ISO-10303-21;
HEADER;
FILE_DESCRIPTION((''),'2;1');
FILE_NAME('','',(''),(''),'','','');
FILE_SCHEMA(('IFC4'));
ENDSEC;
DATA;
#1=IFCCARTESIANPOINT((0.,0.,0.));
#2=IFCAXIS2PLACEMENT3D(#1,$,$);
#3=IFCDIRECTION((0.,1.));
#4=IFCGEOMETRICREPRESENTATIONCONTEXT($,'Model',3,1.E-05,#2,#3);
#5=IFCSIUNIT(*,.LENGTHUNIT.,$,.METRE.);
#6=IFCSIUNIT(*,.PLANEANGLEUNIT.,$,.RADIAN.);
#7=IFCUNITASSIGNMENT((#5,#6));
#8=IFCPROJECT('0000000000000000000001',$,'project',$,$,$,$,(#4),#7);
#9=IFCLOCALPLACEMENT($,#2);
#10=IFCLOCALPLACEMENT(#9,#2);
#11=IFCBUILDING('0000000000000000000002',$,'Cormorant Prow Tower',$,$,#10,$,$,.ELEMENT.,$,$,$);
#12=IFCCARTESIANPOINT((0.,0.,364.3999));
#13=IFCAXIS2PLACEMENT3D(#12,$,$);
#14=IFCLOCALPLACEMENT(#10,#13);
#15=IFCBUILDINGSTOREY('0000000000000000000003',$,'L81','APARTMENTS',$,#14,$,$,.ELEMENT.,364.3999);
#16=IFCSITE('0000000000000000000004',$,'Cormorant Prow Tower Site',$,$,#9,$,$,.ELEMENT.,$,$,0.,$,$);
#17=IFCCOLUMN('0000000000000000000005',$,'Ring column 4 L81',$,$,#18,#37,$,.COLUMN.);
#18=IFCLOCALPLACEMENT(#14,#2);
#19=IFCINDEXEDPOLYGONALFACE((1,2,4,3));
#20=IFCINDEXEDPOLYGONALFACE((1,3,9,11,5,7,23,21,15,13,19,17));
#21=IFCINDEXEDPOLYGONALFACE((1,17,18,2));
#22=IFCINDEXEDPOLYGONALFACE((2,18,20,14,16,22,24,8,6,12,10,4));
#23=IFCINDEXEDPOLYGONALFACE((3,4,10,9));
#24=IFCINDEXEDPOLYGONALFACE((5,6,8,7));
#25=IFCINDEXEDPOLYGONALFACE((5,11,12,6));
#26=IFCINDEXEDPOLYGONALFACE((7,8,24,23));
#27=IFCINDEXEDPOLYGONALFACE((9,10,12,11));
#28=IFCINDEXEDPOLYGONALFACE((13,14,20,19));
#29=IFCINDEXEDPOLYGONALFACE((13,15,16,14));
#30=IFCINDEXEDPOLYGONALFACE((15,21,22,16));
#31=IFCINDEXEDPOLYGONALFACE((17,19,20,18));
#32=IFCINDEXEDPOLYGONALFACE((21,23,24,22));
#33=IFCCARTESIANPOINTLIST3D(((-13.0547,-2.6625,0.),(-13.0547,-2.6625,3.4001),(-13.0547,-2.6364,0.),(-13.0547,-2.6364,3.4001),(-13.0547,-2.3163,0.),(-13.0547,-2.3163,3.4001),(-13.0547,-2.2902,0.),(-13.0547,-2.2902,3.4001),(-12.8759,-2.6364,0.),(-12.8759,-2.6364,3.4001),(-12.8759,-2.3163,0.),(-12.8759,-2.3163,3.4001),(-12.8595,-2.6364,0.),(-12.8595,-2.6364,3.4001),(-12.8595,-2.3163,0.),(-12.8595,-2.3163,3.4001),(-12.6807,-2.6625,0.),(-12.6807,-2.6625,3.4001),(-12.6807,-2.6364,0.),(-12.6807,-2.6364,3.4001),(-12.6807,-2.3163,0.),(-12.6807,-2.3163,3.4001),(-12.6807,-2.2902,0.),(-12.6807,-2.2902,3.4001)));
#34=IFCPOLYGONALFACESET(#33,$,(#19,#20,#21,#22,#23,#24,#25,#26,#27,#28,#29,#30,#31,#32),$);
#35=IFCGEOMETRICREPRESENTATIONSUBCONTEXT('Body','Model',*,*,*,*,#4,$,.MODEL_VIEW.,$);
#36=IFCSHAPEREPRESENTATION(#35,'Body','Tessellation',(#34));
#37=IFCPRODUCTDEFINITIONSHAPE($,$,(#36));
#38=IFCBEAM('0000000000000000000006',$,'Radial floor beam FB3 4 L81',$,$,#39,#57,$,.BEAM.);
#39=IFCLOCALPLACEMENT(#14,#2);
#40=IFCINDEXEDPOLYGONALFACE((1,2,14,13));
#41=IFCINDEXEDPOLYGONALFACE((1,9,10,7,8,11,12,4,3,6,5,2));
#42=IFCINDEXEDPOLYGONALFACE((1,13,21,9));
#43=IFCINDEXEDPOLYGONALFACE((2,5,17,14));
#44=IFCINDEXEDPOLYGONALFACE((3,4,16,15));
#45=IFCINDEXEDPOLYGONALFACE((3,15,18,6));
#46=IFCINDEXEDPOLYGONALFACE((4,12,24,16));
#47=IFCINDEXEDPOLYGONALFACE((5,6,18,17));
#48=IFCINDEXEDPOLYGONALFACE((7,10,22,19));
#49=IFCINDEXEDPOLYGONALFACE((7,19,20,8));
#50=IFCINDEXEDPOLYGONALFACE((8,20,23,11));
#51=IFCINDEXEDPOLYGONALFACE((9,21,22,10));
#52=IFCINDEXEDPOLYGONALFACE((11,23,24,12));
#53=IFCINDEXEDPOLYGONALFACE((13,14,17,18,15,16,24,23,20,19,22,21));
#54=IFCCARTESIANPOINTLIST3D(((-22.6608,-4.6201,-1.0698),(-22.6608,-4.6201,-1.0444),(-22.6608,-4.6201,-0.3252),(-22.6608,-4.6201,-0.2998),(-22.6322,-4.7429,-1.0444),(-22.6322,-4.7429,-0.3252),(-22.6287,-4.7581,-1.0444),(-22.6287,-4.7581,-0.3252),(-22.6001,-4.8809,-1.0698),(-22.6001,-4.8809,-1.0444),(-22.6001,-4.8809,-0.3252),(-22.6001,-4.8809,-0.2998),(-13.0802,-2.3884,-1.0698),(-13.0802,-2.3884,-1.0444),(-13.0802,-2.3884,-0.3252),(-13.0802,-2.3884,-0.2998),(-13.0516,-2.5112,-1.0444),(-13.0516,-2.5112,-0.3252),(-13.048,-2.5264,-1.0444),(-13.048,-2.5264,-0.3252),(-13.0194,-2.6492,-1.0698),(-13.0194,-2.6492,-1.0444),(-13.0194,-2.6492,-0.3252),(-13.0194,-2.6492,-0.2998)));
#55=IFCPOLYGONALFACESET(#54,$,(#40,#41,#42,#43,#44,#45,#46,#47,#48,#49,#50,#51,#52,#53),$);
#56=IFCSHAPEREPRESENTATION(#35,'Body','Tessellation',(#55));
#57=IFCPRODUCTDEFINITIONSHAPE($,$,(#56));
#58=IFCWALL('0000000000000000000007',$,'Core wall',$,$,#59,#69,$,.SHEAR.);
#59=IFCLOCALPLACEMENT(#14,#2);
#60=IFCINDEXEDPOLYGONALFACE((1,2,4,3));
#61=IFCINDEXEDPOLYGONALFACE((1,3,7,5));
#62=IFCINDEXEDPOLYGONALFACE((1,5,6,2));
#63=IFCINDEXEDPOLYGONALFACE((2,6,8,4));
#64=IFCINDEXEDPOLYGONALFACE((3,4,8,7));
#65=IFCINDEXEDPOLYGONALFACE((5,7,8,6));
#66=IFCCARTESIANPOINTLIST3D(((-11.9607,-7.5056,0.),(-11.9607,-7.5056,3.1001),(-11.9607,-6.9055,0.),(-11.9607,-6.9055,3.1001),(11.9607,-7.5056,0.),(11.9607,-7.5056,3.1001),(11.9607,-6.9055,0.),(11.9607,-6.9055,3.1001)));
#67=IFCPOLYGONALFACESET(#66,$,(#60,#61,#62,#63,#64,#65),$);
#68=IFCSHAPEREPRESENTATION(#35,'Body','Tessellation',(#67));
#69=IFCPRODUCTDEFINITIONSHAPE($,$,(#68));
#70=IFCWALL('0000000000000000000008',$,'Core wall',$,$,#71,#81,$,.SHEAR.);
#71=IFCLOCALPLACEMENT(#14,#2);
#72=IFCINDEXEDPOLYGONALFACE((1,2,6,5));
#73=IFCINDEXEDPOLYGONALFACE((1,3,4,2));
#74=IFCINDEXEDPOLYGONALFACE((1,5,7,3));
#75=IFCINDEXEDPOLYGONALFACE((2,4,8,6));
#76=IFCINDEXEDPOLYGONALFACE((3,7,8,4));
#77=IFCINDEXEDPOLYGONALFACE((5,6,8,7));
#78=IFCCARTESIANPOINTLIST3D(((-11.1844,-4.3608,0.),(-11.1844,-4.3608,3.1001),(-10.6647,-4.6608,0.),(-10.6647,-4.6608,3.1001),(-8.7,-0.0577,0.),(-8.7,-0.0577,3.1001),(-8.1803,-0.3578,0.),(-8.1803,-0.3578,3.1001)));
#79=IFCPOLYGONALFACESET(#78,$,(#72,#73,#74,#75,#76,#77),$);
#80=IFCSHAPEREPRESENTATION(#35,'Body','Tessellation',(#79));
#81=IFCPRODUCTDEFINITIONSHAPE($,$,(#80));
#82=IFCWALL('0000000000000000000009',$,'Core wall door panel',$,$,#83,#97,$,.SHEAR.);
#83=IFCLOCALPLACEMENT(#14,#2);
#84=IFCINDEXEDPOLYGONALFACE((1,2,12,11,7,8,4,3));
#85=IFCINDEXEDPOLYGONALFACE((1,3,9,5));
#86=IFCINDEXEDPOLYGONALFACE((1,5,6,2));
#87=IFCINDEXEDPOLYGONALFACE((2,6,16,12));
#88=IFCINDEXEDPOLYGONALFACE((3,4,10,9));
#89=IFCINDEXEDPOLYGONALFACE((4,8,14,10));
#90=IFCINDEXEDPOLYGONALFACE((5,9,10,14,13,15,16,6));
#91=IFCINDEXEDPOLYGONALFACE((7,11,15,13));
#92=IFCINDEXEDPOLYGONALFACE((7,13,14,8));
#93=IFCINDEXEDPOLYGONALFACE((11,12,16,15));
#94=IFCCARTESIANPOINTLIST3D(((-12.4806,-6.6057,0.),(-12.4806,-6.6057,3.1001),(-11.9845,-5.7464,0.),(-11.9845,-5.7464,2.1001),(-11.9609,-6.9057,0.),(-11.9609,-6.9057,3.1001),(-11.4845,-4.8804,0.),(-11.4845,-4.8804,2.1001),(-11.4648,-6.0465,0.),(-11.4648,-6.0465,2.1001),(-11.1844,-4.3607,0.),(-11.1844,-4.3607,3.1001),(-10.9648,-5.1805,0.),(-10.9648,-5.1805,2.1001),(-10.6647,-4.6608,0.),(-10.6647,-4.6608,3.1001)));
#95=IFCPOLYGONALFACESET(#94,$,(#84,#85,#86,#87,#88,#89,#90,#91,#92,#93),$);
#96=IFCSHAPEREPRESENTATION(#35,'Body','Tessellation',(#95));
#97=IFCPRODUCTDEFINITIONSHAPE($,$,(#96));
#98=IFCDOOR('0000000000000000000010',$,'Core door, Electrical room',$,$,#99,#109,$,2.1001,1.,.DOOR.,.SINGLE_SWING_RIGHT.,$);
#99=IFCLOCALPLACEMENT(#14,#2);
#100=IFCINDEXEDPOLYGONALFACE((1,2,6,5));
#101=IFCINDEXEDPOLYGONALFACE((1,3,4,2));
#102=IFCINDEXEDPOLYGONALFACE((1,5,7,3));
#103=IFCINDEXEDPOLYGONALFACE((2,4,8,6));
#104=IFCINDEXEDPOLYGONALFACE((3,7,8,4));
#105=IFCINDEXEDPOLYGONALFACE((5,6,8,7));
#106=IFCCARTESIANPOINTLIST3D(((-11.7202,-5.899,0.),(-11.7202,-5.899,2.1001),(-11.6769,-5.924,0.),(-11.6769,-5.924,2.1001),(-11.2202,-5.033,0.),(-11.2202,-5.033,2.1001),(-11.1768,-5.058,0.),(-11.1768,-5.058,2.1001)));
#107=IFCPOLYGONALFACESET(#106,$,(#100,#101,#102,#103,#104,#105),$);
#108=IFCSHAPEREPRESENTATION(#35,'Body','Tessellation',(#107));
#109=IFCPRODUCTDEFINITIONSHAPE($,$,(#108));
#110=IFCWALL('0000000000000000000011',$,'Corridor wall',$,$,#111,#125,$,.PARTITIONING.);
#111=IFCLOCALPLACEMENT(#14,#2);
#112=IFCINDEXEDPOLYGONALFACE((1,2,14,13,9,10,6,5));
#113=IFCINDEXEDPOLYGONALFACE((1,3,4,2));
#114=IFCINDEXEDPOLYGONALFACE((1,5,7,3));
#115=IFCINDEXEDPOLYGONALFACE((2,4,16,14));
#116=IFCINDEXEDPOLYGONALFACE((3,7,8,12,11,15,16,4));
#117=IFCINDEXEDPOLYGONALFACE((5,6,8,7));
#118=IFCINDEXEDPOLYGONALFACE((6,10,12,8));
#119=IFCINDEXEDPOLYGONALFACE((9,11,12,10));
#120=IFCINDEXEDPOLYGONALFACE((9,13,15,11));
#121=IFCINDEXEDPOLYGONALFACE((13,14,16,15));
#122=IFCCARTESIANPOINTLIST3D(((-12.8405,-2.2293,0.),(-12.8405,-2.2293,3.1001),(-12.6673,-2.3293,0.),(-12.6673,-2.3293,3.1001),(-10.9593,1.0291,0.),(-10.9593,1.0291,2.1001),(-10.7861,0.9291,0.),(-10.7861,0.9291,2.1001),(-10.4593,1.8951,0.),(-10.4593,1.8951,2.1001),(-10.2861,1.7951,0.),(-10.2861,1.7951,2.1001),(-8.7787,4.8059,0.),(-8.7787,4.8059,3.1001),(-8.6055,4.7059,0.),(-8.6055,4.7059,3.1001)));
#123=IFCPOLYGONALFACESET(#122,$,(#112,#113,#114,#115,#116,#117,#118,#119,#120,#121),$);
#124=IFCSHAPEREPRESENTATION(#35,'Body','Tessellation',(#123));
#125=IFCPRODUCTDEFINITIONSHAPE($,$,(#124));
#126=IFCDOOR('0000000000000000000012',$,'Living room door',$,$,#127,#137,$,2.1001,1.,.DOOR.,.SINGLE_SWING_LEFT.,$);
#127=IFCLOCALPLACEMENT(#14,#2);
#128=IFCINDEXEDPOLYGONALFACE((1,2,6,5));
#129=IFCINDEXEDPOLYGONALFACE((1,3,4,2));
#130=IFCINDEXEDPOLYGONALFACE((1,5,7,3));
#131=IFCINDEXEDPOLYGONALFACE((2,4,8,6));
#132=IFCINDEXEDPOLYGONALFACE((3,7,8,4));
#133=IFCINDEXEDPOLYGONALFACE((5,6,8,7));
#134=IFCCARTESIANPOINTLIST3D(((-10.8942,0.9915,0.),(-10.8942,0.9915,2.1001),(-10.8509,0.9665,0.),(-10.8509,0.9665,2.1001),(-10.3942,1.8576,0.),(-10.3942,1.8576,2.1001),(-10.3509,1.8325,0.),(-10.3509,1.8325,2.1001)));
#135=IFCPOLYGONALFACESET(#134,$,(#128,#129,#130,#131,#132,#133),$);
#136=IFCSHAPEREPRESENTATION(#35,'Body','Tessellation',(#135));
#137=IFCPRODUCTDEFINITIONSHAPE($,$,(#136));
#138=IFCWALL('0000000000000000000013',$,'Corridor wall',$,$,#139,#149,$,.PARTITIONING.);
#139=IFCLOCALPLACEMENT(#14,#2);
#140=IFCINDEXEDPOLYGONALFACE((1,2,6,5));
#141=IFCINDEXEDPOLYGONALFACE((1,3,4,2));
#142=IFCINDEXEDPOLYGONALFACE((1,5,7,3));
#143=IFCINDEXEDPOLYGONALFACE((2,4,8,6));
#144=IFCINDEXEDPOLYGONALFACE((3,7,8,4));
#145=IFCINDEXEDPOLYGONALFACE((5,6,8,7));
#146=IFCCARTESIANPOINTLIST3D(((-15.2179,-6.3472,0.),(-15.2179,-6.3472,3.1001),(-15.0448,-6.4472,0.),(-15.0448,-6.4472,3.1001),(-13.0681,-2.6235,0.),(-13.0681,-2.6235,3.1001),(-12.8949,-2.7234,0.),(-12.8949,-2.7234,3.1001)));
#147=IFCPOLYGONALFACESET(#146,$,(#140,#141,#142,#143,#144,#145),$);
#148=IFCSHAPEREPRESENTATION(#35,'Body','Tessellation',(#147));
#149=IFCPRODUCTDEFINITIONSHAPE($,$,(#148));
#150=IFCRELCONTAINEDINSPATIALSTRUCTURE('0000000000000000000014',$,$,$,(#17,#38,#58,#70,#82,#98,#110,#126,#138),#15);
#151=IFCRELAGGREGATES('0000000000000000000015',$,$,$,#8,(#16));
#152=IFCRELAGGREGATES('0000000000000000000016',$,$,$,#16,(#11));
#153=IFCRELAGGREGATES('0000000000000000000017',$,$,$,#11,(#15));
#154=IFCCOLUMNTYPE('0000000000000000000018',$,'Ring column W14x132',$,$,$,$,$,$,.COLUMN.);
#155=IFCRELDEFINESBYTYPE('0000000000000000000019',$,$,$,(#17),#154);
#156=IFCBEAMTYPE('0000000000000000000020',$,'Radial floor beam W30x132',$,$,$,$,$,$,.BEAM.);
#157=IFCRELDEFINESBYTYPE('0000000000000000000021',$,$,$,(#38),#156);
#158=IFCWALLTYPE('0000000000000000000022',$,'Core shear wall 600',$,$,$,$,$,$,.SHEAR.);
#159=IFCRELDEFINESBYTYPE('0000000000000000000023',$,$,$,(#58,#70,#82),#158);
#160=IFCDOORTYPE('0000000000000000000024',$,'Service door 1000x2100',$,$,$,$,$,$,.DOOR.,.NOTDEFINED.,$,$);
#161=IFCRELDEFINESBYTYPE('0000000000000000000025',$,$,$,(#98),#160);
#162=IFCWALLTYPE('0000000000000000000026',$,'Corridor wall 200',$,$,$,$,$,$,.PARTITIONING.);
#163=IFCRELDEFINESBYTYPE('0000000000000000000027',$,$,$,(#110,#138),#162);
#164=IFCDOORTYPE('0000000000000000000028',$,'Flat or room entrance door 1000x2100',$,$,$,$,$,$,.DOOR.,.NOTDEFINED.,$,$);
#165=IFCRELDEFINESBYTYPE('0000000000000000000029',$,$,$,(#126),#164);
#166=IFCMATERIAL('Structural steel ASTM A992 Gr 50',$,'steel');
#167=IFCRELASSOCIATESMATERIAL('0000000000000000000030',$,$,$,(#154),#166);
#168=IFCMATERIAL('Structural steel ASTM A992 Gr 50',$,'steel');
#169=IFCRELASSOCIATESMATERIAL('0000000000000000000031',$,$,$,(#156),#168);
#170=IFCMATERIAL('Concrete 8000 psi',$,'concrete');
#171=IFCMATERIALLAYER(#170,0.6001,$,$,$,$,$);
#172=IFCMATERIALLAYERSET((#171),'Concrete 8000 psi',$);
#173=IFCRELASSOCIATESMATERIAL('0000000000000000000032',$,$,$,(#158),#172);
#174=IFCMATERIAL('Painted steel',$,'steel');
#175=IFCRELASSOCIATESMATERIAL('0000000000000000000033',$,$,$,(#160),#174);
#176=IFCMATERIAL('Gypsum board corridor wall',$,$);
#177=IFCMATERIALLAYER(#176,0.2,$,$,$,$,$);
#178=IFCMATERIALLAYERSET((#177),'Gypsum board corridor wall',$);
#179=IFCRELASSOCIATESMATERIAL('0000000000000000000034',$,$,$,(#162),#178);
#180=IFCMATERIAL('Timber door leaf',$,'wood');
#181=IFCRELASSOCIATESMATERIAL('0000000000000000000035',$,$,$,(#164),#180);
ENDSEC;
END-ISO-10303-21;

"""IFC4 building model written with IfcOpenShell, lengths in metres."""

from ifc_helpers import new_model, si_unit, direction, frame, frame_2d, origin, origin_2d, place, context, subcontext, project, spatial, rectangle, i_section, extrude, material, layer, layer_set, material_profile, profile_set, type_object, element, fill, save


model = new_model("IFC4")

# Units and contexts
model_context = context("Model", 3, precision=1e-05, world=origin(), true_north=direction((0.0, 1.0)))
body_context = subcontext(model_context, "Body", "Model", "MODEL_VIEW")
ifc_project = project(units=[si_unit("LENGTHUNIT", "METRE"), si_unit("PLANEANGLEUNIT", "RADIAN")], contexts=[model_context])

# Site, building, storey
site_placement = place(None, origin())
site = spatial("IfcSite", under=ifc_project, at=site_placement, Name="Cormorant Prow Tower Site", CompositionType="ELEMENT", RefElevation=0.0)
building_placement = place(site_placement, origin())
building = spatial("IfcBuilding", under=site, at=building_placement, Name="Cormorant Prow Tower", CompositionType="ELEMENT")
storey_placement = place(building_placement, frame((0.0, 0.0, 364.3999)))
storey = spatial("IfcBuildingStorey", under=building, at=storey_placement, Name="L81", Description="APARTMENTS", CompositionType="ELEMENT", Elevation=364.3999)

# Column
ifc_material_1 = material(Name="Structural steel ASTM A992 Gr 50", Category="steel")
ifc_material_profile_1 = material_profile(ifc_material_1, i_section(OverallWidth=0.374, OverallDepth=0.3723, WebThickness=0.0164, FlangeThickness=0.0261, at=origin_2d()), Name="W14x132")
ifc_profile_set_1 = profile_set([ifc_material_profile_1], Name="Structural steel ASTM A992 Gr 50")
column_type = type_object("IfcColumnType", Name="Ring column W14x132", PredefinedType="COLUMN", material=ifc_profile_set_1)
column_placement = place(storey_placement, frame((-12.8677, -2.4763, 0.0), z_axis=(0.0, 0.0, 1.0), x_axis=(1.0, 0.0, 0.0)))
element("IfcColumn", 1, at=column_placement, inside=storey, type_object=column_type, Name="Ring column 4 L81", PredefinedType="COLUMN", context=body_context, shape_type="SweptSolid", body=[
    extrude(i_section(OverallWidth=0.374, OverallDepth=0.3723, WebThickness=0.0164, FlangeThickness=0.0261, at=origin_2d()), origin(), (0.0, 0.0, 1.0), 3.4001),
])

# Beam
ifc_material_2 = material(Name="Structural steel ASTM A992 Gr 50", Category="steel")
ifc_material_profile_2 = material_profile(ifc_material_2, i_section(OverallWidth=0.2678, OverallDepth=0.77, WebThickness=0.0156, FlangeThickness=0.0254, at=origin_2d()), Name="W30x132")
ifc_profile_set_2 = profile_set([ifc_material_profile_2], Name="Structural steel ASTM A992 Gr 50")
beam_type = type_object("IfcBeamType", Name="Radial floor beam W30x132", PredefinedType="BEAM", material=ifc_profile_set_2)
beam_placement = place(storey_placement, frame((-13.0498, -2.5188, -0.6848), z_axis=(-0.973926, -0.226866, 0.0), x_axis=(0.226866, -0.973926, 0.0)))
element("IfcBeam", 2, at=beam_placement, inside=storey, type_object=beam_type, Name="Radial floor beam FB3 4 L81", PredefinedType="BEAM", context=body_context, shape_type="SweptSolid", body=[
    extrude(i_section(OverallWidth=0.2678, OverallDepth=0.77, WebThickness=0.0156, FlangeThickness=0.0254, at=origin_2d()), origin(), (0.0, 0.0, 1.0), 9.8372),
])

# Walls
ifc_material_3 = material(Name="Concrete 8000 psi", Category="concrete")
ifc_layer_1 = layer(ifc_material_3, 0.6001)
ifc_layer_set_1 = layer_set([ifc_layer_1], Name="Concrete 8000 psi")
wall_type_1 = type_object("IfcWallType", Name="Core shear wall 600", PredefinedType="SHEAR", material=ifc_layer_set_1)
wall_1_placement = place(storey_placement, frame((-11.9607, -7.2056, 0.0), z_axis=(0.0, 0.0, 1.0), x_axis=(1.0, 0.0, 0.0)))
element("IfcWall", 3, at=wall_1_placement, inside=storey, type_object=wall_type_1, Name="Core wall", PredefinedType="SHEAR", context=body_context, shape_type="SweptSolid", body=[
    extrude(rectangle(XDim=23.9214, YDim=0.6001, at=frame_2d((11.9607, 0.0))), origin(), (0.0, 0.0, 1.0), 3.1001),
])
wall_2_placement = place(storey_placement, frame((-8.4402, -0.2078, 0.0), z_axis=(0.0, 0.0, 1.0), x_axis=(-0.500007, -0.866021, 0.0)))
element("IfcWall", 4, at=wall_2_placement, inside=storey, type_object=wall_type_1, Name="Core wall", PredefinedType="SHEAR", context=body_context, shape_type="SweptSolid", body=[
    extrude(rectangle(XDim=4.9688, YDim=0.6001, at=frame_2d((2.4844, 0.0))), origin(), (0.0, 0.0, 1.0), 3.1001),
])

# Walls, openings, doors
wall_3_placement = place(storey_placement, frame((-10.9246, -4.5107, 0.0), z_axis=(0.0, 0.0, 1.0), x_axis=(-0.500019, -0.866015, 0.0)))
wall_3 = element("IfcWall", 5, at=wall_3_placement, inside=storey, type_object=wall_type_1, Name="Core wall door panel", PredefinedType="SHEAR", context=body_context, shape_type="SweptSolid", body=[
    extrude(rectangle(XDim=2.5923, YDim=0.6001, at=frame_2d((1.2961, 0.0))), origin(), (0.0, 0.0, 1.0), 3.1001),
])
opening_1_placement = place(wall_3_placement, frame((0.6001, 0.0, 0.0)))
opening_1 = element("IfcOpeningElement", 6, at=opening_1_placement, cuts=wall_3, PredefinedType="OPENING", context=body_context, shape_type="SweptSolid", body=[
    extrude(rectangle(XDim=1.0, YDim=2.1001, at=frame_2d((0.5, 1.05))), frame((0.0, 0.3101, 0.0), z_axis=(0.0, -1.0, 0.0), x_axis=(1.0, 0.0, 0.0)), (0.0, 0.0, 1.0), 0.6201),
])
ifc_material_4 = material(Name="Painted steel", Category="steel")
door_type_1 = type_object("IfcDoorType", Name="Service door 1000x2100", OperationType="NOTDEFINED", PredefinedType="DOOR", material=ifc_material_4)
door_1_placement = place(opening_1_placement, origin())
door_1 = element("IfcDoor", 7, at=door_1_placement, inside=storey, type_object=door_type_1, Name="Core door, Electrical room", OperationType="SINGLE_SWING_RIGHT", OverallHeight=2.1001, OverallWidth=1.0, PredefinedType="DOOR", context=body_context, shape_type="SweptSolid", body=[
    extrude(rectangle(XDim=1.0, YDim=2.1001, at=frame_2d((0.5, 1.05))), frame((0.0, 0.0552, 0.0), z_axis=(0.0, -1.0, 0.0), x_axis=(1.0, 0.0, 0.0)), (0.0, 0.0, 1.0), 0.05),
])
fill(opening_1, door_1)
ifc_material_5 = material(Name="Gypsum board corridor wall")
ifc_layer_2 = layer(ifc_material_5, 0.2)
ifc_layer_set_2 = layer_set([ifc_layer_2], Name="Gypsum board corridor wall")
wall_type_2 = type_object("IfcWallType", Name="Corridor wall 200", PredefinedType="PARTITIONING", material=ifc_layer_set_2)
wall_4_placement = place(storey_placement, frame((-12.7539, -2.2793, 0.0), z_axis=(0.0, 0.0, 1.0), x_axis=(0.500002, 0.866024, 0.0)))
wall_4 = element("IfcWall", 8, at=wall_4_placement, inside=storey, type_object=wall_type_2, Name="Corridor wall", PredefinedType="PARTITIONING", context=body_context, shape_type="SweptSolid", body=[
    extrude(rectangle(XDim=8.1235, YDim=0.2, at=frame_2d((4.0618, 0.0))), origin(), (0.0, 0.0, 1.0), 3.1001),
])
opening_2_placement = place(wall_4_placement, frame((3.7625, 0.0, 0.0)))
opening_2 = element("IfcOpeningElement", 9, at=opening_2_placement, cuts=wall_4, PredefinedType="OPENING", context=body_context, shape_type="SweptSolid", body=[
    extrude(rectangle(XDim=1.0, YDim=2.1001, at=frame_2d((0.5, 1.05))), frame((0.0, 0.1099, 0.0), z_axis=(0.0, -1.0, 0.0), x_axis=(1.0, 0.0, 0.0)), (0.0, 0.0, 1.0), 0.22),
])
ifc_material_6 = material(Name="Timber door leaf", Category="wood")
door_type_2 = type_object("IfcDoorType", Name="Flat or room entrance door 1000x2100", OperationType="NOTDEFINED", PredefinedType="DOOR", material=ifc_material_6)
door_2_placement = place(opening_2_placement, origin())
door_2 = element("IfcDoor", 10, at=door_2_placement, inside=storey, type_object=door_type_2, Name="Living room door", OperationType="SINGLE_SWING_LEFT", OverallHeight=2.1001, OverallWidth=1.0, PredefinedType="DOOR", context=body_context, shape_type="SweptSolid", body=[
    extrude(rectangle(XDim=1.0, YDim=2.1001, at=frame_2d((0.5, 1.05))), frame((0.0, 0.0249, 0.0), z_axis=(0.0, -1.0, 0.0), x_axis=(1.0, 0.0, 0.0)), (0.0, 0.0, 1.0), 0.05),
])
fill(opening_2, door_2)

# Wall
wall_5_placement = place(storey_placement, frame((-15.1313, -6.3972, 0.0), z_axis=(0.0, 0.0, 1.0), x_axis=(0.499986, 0.866033, 0.0)))
element("IfcWall", 11, at=wall_5_placement, inside=storey, type_object=wall_type_2, Name="Corridor wall", PredefinedType="PARTITIONING", context=body_context, shape_type="SweptSolid", body=[
    extrude(rectangle(XDim=4.2998, YDim=0.2, at=frame_2d((2.1499, 0.0))), origin(), (0.0, 0.0, 1.0), 3.1001),
])

save(model, "model.ifc")
